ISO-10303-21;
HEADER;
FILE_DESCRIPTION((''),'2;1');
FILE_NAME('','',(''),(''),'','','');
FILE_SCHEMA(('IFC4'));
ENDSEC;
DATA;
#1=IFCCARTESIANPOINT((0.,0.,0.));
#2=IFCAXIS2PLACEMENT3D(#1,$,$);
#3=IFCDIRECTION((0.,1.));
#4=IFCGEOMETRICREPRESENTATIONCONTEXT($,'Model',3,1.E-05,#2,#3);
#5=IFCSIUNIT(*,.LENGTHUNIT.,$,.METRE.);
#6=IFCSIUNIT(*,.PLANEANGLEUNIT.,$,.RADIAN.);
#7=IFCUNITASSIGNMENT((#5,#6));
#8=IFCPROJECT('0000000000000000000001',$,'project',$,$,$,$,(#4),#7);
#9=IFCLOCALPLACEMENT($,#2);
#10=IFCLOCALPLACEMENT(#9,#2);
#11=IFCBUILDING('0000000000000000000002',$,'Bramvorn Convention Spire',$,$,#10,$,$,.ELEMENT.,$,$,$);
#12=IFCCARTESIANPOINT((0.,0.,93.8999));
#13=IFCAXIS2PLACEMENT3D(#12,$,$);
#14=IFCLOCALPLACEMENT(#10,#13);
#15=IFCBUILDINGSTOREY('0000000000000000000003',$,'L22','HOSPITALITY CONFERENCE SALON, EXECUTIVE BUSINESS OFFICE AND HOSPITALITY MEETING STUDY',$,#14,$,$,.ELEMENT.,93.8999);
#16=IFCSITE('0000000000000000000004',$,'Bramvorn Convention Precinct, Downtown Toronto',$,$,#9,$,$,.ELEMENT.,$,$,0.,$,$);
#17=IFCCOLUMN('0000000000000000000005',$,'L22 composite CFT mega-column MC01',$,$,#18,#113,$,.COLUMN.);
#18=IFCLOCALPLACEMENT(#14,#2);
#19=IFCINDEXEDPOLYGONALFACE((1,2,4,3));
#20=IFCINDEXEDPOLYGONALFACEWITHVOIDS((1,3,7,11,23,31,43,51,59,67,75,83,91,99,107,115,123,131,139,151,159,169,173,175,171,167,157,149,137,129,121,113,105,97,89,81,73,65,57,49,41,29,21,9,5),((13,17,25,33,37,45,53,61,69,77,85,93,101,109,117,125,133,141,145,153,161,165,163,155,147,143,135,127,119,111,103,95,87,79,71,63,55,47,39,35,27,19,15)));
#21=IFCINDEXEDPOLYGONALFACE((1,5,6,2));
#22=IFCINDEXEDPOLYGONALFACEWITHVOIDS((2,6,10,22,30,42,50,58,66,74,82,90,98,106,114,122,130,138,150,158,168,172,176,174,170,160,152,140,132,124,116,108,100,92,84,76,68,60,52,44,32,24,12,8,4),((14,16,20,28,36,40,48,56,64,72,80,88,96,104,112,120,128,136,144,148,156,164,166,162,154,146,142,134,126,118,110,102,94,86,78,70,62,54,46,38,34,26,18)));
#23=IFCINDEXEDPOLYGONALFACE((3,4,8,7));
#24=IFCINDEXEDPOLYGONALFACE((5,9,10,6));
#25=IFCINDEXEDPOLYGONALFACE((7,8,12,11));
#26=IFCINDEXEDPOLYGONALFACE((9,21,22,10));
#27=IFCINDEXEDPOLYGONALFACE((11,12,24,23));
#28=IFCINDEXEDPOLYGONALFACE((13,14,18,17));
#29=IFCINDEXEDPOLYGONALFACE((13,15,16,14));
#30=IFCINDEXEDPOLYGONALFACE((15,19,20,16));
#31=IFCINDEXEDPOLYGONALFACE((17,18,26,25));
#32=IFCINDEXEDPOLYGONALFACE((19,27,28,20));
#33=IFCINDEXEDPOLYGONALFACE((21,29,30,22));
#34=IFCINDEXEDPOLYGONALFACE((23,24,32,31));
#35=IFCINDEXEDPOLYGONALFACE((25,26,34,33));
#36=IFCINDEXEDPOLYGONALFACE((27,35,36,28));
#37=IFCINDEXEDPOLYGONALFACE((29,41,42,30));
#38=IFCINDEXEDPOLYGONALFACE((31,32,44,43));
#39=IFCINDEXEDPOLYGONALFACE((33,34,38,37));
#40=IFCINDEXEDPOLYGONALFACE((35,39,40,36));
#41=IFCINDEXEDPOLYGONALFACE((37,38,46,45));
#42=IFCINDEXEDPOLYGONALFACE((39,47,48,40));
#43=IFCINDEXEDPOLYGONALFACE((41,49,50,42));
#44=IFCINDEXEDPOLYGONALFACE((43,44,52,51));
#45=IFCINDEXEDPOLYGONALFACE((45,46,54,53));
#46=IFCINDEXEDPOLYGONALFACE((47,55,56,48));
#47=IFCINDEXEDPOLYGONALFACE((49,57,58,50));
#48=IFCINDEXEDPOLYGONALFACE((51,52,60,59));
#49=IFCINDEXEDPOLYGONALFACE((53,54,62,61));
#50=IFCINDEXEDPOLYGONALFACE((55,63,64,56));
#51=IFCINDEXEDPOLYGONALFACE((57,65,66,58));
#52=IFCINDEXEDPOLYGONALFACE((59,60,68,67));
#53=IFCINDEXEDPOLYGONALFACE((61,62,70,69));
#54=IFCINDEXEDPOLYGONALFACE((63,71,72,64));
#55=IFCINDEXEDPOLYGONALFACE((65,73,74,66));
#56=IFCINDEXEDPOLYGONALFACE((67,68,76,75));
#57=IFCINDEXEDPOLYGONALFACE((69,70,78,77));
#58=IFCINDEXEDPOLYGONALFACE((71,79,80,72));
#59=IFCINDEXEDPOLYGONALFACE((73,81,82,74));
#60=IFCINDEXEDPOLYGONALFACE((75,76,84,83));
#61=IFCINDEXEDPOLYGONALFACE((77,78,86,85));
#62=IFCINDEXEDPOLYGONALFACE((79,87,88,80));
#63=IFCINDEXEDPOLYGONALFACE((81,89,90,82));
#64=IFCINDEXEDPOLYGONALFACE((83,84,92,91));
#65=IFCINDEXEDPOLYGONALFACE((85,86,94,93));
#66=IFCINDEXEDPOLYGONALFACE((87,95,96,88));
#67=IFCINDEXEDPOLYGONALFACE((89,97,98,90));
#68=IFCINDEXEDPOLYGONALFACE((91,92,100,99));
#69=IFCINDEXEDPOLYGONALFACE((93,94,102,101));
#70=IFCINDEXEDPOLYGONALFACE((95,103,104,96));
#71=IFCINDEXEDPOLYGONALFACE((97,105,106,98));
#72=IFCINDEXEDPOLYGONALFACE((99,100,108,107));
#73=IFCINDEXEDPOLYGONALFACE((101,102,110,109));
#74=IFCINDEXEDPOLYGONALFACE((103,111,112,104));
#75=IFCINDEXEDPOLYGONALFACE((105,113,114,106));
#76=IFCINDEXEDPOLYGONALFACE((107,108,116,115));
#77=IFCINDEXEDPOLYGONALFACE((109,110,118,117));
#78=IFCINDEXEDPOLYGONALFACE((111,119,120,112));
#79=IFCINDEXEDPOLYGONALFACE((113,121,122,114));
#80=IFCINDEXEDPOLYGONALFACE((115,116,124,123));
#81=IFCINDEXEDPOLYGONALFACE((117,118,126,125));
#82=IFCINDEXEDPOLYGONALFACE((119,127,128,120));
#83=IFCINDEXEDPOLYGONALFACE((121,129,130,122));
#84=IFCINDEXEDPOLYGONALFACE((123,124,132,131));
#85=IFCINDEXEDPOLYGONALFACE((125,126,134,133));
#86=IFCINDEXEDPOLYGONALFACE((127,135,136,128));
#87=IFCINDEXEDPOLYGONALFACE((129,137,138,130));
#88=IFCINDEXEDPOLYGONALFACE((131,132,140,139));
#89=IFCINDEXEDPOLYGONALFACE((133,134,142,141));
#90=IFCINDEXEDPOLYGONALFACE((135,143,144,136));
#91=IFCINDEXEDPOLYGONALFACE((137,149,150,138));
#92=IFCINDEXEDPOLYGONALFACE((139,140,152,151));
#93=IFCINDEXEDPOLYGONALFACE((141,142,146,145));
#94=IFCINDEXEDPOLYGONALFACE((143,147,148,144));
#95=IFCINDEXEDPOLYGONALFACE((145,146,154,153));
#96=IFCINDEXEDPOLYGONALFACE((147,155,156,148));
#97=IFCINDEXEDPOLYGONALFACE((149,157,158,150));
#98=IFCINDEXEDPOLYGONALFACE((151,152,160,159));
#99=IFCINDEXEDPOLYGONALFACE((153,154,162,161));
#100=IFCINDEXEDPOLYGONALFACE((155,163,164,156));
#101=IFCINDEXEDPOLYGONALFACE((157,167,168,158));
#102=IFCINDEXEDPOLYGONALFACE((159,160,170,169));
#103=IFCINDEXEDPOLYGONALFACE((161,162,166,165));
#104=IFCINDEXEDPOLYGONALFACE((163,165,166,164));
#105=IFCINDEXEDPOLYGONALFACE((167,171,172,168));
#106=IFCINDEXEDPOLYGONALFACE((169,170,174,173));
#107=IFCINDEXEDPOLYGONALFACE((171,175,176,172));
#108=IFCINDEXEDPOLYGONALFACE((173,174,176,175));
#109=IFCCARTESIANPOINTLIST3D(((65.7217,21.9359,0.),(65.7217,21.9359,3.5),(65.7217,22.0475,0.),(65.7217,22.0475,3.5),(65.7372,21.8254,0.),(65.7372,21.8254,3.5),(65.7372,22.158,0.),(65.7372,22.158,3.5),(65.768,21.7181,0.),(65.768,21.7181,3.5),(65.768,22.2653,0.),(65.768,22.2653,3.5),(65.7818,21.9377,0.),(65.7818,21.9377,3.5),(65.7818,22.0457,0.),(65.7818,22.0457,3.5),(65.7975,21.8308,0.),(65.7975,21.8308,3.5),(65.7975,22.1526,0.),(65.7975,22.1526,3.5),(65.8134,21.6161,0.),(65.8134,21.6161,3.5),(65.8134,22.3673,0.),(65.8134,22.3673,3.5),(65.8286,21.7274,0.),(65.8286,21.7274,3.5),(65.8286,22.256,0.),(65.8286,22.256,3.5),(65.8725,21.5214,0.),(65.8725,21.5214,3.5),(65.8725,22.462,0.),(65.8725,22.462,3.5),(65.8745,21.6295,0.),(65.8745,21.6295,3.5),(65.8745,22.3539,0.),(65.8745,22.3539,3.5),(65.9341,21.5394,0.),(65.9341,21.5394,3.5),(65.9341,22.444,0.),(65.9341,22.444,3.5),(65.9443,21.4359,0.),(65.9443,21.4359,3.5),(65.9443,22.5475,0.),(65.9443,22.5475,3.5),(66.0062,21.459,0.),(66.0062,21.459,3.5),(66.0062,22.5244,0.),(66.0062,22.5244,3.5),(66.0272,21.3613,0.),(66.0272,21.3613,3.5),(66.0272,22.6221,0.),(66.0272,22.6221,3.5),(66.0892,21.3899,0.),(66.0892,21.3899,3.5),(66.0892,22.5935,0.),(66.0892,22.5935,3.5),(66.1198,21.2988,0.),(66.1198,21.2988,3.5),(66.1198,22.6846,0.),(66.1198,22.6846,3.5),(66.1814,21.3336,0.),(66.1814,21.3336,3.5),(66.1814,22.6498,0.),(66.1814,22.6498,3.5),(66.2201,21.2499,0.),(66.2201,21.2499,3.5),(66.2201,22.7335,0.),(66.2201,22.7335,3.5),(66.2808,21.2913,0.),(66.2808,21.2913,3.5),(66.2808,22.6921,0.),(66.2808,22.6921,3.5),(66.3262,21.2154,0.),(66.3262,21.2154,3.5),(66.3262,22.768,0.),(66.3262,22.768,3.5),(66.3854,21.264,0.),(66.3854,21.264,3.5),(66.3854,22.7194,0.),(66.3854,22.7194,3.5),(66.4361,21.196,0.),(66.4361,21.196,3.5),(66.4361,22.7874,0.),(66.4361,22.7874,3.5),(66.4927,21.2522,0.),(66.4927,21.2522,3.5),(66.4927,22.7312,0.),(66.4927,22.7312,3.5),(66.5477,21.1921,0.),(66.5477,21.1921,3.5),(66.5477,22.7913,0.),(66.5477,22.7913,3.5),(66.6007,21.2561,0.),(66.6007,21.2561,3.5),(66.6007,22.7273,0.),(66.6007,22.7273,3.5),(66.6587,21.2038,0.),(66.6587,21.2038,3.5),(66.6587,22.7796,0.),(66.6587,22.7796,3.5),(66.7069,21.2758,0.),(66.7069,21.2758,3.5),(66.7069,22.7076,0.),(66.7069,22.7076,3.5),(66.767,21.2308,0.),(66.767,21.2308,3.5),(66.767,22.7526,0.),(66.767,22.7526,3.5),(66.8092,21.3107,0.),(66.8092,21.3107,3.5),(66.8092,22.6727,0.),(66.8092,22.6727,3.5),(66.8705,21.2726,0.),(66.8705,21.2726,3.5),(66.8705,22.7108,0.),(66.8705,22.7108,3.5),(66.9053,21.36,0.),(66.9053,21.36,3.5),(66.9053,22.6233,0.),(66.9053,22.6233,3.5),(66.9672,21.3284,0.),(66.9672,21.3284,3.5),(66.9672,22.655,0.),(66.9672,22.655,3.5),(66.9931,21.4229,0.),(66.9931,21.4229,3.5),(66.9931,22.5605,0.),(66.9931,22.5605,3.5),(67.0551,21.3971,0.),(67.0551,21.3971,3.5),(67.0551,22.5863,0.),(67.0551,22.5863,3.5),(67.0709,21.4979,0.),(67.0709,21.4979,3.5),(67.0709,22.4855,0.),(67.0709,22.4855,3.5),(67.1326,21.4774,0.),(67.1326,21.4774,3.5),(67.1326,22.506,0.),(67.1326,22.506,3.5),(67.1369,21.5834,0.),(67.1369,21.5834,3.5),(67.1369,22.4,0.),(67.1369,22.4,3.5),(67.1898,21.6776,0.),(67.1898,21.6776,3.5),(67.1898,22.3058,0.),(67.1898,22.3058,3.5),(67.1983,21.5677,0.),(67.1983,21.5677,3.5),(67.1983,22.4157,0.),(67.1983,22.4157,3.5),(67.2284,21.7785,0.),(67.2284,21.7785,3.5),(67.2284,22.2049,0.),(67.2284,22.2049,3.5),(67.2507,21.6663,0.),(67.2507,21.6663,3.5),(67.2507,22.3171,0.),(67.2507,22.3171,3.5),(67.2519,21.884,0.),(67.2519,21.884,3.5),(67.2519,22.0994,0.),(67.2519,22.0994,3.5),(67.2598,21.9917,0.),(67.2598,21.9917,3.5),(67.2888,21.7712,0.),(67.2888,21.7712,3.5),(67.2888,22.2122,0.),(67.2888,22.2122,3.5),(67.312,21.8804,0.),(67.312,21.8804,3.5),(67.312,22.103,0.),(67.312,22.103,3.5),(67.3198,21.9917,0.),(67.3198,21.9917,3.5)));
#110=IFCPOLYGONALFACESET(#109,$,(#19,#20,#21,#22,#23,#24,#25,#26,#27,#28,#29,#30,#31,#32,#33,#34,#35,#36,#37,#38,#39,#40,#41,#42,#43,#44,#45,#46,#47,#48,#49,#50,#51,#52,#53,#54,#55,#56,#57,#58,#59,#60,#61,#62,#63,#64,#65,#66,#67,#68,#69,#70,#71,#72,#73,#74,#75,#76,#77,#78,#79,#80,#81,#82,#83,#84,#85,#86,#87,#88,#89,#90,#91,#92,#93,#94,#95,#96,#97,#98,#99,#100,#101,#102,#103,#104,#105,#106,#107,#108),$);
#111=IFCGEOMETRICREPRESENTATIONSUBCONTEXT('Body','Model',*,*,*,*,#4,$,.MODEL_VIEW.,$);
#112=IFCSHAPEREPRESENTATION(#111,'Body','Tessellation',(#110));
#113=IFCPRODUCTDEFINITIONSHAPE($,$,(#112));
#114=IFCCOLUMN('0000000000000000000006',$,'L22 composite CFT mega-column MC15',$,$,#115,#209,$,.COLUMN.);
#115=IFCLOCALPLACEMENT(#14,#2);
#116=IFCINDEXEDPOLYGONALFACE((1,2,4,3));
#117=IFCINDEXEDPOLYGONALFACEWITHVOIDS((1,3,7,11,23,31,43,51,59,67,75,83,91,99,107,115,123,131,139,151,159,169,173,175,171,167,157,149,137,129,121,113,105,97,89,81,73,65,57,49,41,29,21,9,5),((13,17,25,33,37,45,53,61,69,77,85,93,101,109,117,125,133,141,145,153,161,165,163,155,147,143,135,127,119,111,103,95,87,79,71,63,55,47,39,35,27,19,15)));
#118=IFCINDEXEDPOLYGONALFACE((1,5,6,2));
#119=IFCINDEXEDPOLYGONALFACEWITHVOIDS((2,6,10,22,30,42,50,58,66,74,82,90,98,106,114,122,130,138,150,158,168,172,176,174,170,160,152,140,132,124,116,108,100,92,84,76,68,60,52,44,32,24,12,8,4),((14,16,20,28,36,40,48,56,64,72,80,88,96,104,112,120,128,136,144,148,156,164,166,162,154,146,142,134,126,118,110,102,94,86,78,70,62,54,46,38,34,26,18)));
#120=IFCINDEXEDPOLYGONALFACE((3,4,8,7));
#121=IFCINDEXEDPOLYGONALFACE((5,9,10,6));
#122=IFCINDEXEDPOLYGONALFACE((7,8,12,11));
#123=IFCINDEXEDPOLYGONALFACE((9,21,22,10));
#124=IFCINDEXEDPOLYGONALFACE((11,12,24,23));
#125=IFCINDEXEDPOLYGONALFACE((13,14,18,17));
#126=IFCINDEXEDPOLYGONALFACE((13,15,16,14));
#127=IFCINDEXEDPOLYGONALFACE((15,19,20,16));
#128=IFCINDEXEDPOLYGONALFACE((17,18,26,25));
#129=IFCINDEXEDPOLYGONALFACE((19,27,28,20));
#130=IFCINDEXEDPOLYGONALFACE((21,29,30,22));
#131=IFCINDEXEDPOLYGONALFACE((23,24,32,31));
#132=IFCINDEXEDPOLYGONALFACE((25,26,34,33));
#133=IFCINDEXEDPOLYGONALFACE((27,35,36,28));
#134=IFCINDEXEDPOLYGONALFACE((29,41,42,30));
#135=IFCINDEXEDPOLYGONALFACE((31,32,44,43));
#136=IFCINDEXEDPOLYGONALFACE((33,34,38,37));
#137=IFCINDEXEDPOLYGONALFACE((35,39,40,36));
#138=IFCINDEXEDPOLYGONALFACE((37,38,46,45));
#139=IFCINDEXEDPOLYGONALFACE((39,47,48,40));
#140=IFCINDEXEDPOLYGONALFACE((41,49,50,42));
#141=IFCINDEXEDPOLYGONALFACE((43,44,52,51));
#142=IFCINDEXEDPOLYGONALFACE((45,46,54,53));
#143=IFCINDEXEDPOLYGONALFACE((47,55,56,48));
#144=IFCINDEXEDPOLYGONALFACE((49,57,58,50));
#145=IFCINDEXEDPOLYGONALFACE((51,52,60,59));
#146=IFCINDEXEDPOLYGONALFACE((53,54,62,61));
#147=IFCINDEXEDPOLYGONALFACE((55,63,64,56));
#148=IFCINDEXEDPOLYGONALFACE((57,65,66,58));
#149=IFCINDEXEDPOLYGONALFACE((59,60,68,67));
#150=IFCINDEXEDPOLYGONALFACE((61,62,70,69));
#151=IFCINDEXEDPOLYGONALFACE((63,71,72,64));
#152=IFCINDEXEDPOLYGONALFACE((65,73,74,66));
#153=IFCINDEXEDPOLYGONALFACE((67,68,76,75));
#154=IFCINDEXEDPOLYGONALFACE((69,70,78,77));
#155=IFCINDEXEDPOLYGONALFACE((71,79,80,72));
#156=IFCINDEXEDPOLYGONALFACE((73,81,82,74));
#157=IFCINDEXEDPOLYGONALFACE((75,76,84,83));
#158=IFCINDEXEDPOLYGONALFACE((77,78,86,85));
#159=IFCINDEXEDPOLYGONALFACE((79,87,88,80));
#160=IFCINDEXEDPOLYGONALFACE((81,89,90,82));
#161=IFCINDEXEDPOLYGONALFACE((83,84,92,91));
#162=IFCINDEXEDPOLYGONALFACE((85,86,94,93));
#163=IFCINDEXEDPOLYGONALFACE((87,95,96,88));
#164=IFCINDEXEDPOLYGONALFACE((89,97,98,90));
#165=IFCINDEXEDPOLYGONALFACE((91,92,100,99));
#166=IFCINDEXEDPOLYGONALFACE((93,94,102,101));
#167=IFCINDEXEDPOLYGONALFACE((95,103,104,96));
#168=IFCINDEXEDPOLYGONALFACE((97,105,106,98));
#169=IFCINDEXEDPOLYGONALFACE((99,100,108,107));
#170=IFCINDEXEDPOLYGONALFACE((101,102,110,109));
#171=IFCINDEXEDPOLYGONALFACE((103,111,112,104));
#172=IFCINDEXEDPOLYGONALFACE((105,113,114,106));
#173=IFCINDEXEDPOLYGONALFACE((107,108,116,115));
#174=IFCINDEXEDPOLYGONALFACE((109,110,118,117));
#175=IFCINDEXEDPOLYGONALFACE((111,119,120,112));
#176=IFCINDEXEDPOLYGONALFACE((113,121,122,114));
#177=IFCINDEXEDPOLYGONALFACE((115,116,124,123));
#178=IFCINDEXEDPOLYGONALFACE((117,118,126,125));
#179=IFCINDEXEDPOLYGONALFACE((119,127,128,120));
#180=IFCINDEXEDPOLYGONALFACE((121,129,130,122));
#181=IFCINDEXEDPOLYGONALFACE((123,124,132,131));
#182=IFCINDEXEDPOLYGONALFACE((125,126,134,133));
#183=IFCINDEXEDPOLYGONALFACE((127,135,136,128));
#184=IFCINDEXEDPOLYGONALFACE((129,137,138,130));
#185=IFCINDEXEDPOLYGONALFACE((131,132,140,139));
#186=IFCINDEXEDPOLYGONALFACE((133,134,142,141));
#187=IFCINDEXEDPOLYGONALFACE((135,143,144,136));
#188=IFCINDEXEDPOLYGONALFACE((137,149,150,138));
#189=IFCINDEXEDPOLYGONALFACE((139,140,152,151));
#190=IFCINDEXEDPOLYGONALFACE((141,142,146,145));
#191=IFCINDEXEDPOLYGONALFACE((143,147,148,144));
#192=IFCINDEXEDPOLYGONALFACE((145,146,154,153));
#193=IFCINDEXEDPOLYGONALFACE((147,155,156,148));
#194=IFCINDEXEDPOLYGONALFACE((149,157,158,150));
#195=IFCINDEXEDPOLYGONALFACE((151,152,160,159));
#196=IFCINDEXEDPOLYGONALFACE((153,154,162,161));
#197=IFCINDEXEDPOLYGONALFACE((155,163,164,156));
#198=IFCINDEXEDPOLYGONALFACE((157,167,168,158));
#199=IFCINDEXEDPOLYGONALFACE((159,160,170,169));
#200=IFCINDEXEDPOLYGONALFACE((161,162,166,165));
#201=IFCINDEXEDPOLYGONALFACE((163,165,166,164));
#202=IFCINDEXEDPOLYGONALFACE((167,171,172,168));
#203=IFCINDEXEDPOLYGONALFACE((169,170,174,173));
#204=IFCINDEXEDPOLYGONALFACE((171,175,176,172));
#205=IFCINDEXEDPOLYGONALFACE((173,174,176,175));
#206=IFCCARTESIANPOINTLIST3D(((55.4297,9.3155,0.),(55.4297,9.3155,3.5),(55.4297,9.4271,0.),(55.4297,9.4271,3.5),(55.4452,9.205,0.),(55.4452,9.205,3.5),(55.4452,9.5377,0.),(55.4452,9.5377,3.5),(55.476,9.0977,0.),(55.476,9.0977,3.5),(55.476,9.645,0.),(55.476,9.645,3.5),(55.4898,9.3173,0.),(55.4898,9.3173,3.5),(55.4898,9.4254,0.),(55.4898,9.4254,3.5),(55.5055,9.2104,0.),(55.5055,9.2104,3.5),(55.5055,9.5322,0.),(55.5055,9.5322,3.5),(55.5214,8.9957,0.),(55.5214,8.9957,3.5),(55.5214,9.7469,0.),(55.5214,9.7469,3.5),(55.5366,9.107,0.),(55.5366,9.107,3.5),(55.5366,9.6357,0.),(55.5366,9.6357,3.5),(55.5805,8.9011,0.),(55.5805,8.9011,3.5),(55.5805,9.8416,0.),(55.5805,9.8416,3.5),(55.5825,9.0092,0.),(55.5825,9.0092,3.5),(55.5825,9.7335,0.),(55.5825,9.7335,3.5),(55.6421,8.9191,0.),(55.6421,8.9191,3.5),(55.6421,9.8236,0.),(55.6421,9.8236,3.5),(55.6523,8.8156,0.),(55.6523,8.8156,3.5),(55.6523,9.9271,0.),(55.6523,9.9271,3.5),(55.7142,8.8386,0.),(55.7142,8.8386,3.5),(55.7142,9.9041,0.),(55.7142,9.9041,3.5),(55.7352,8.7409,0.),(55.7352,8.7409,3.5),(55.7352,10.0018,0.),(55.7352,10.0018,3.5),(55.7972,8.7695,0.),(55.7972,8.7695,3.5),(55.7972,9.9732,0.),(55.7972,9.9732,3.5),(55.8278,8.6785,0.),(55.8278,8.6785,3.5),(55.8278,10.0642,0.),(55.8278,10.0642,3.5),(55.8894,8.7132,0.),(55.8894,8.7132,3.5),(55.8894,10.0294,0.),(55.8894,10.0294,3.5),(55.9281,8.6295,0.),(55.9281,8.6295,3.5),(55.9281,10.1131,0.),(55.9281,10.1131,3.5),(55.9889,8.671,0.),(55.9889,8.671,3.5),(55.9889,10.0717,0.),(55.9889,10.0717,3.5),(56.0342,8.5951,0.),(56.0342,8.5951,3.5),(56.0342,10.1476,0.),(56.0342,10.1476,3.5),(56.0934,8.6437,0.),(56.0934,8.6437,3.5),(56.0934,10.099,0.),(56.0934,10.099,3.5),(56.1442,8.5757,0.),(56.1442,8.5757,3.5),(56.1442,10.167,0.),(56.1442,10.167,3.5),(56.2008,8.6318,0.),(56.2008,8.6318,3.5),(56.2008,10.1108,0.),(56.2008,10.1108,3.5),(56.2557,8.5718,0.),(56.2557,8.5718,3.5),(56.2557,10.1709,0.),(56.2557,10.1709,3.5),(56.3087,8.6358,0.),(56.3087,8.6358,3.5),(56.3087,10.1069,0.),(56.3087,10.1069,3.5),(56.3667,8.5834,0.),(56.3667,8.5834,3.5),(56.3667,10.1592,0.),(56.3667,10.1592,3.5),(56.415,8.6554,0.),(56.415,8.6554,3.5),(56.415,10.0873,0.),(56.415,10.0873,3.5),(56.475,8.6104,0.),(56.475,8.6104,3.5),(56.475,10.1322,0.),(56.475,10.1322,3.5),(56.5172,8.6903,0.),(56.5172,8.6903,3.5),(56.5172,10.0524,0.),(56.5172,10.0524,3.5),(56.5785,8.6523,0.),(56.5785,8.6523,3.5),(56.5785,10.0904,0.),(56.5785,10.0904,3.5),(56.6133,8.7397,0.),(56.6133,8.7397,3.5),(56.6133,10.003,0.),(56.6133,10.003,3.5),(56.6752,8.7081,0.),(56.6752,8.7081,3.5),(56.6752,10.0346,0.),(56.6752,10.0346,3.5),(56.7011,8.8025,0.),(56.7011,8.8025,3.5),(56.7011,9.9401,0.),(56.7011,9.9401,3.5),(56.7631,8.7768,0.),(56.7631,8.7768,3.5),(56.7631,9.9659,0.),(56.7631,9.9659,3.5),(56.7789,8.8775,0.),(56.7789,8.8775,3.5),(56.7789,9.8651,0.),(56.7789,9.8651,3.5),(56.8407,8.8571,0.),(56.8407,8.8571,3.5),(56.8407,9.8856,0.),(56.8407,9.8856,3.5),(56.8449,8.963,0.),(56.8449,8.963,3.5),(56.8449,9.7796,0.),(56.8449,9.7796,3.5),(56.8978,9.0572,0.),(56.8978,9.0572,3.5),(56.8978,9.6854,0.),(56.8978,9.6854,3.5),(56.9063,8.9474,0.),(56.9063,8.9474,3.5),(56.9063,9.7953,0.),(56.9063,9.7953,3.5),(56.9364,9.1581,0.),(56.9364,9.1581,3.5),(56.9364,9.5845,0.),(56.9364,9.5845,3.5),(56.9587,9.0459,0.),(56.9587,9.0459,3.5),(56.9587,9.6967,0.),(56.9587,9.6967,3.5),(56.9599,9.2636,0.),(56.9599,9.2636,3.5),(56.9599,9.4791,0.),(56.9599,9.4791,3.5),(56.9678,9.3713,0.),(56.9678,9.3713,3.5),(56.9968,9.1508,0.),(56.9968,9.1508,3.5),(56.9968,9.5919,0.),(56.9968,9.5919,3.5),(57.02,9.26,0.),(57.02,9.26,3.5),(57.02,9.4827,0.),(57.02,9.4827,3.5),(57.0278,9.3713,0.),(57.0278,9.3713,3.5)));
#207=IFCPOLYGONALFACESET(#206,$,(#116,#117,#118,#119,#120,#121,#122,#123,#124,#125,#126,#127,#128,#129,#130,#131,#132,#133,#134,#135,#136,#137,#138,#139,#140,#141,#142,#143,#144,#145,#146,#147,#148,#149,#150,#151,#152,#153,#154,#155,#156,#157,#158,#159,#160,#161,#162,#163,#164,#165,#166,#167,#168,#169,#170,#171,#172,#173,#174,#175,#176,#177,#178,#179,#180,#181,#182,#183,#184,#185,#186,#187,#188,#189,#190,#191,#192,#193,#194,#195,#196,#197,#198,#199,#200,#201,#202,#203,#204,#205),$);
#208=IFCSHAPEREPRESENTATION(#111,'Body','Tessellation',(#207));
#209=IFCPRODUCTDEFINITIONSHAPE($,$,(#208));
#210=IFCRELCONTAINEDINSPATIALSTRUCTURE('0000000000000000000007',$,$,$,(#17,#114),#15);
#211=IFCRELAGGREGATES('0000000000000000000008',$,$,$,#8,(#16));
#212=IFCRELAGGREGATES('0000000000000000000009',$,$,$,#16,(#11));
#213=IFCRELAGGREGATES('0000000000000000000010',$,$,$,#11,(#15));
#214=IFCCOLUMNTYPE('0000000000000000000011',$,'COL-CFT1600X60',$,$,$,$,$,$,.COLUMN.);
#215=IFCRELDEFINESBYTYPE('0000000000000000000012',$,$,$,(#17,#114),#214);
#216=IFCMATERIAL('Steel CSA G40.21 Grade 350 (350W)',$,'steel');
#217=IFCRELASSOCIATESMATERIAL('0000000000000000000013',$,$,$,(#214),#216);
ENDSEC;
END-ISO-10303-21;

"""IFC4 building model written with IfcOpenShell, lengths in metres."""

from ifc_helpers import new_model, si_unit, direction, frame, origin, origin_2d, place, context, subcontext, project, spatial, hollow_circle, extrude, material, material_profile, profile_set, type_object, element, save


model = new_model("IFC4")

# Units and contexts
model_context = context("Model", 3, precision=1e-05, world=origin(), true_north=direction((0.0, 1.0)))
body_context = subcontext(model_context, "Body", "Model", "MODEL_VIEW")
ifc_project = project(units=[si_unit("LENGTHUNIT", "METRE"), si_unit("PLANEANGLEUNIT", "RADIAN")], contexts=[model_context])

# Site, building, storey
site_placement = place(None, origin())
site = spatial("IfcSite", under=ifc_project, at=site_placement, Name="Bramvorn Convention Precinct, Downtown Toronto", CompositionType="ELEMENT", RefElevation=0.0)
building_placement = place(site_placement, origin())
building = spatial("IfcBuilding", under=site, at=building_placement, Name="Bramvorn Convention Spire", CompositionType="ELEMENT")
storey_placement = place(building_placement, frame((0.0, 0.0, 93.8999)))
storey = spatial("IfcBuildingStorey", under=building, at=storey_placement, Name="L22", Description="HOSPITALITY CONFERENCE SALON, EXECUTIVE BUSINESS OFFICE AND HOSPITALITY MEETING STUDY", CompositionType="ELEMENT", Elevation=93.8999)

# Columns
ifc_material_1 = material(Name="Steel CSA G40.21 Grade 350 (350W)", Category="steel")
ifc_material_profile_1 = material_profile(ifc_material_1, hollow_circle(Radius=0.8, WallThickness=0.0601, at=origin_2d()))
ifc_profile_set_1 = profile_set([ifc_material_profile_1], Name="Steel CSA G40.21 Grade 350 (350W) - CFT1600X60")
column_type = type_object("IfcColumnType", Name="COL-CFT1600X60", PredefinedType="COLUMN", material=ifc_profile_set_1)
for number, where, z_axis, x_axis, name in (
    (1, (66.5198, 21.9917, 0.0), (0.0, 0.0, 1.0), (1.0, 0.0, 0.0), "L22 composite CFT mega-column MC01"),
    (2, (56.2278, 9.3713, 0.0), (0.0, 0.0, 1.0), (1.0, 0.0, 0.0), "L22 composite CFT mega-column MC15"),
):
    element("IfcColumn", number, at=place(storey_placement, frame(where, z_axis=z_axis, x_axis=x_axis)), inside=storey, type_object=column_type, Name=name, PredefinedType="COLUMN", context=body_context, shape_type="SweptSolid", body=[
        extrude(hollow_circle(Radius=0.8, WallThickness=0.0601, at=origin_2d()), origin(), (0.0, 0.0, 1.0), 3.5),
    ])

save(model, "model.ifc")
